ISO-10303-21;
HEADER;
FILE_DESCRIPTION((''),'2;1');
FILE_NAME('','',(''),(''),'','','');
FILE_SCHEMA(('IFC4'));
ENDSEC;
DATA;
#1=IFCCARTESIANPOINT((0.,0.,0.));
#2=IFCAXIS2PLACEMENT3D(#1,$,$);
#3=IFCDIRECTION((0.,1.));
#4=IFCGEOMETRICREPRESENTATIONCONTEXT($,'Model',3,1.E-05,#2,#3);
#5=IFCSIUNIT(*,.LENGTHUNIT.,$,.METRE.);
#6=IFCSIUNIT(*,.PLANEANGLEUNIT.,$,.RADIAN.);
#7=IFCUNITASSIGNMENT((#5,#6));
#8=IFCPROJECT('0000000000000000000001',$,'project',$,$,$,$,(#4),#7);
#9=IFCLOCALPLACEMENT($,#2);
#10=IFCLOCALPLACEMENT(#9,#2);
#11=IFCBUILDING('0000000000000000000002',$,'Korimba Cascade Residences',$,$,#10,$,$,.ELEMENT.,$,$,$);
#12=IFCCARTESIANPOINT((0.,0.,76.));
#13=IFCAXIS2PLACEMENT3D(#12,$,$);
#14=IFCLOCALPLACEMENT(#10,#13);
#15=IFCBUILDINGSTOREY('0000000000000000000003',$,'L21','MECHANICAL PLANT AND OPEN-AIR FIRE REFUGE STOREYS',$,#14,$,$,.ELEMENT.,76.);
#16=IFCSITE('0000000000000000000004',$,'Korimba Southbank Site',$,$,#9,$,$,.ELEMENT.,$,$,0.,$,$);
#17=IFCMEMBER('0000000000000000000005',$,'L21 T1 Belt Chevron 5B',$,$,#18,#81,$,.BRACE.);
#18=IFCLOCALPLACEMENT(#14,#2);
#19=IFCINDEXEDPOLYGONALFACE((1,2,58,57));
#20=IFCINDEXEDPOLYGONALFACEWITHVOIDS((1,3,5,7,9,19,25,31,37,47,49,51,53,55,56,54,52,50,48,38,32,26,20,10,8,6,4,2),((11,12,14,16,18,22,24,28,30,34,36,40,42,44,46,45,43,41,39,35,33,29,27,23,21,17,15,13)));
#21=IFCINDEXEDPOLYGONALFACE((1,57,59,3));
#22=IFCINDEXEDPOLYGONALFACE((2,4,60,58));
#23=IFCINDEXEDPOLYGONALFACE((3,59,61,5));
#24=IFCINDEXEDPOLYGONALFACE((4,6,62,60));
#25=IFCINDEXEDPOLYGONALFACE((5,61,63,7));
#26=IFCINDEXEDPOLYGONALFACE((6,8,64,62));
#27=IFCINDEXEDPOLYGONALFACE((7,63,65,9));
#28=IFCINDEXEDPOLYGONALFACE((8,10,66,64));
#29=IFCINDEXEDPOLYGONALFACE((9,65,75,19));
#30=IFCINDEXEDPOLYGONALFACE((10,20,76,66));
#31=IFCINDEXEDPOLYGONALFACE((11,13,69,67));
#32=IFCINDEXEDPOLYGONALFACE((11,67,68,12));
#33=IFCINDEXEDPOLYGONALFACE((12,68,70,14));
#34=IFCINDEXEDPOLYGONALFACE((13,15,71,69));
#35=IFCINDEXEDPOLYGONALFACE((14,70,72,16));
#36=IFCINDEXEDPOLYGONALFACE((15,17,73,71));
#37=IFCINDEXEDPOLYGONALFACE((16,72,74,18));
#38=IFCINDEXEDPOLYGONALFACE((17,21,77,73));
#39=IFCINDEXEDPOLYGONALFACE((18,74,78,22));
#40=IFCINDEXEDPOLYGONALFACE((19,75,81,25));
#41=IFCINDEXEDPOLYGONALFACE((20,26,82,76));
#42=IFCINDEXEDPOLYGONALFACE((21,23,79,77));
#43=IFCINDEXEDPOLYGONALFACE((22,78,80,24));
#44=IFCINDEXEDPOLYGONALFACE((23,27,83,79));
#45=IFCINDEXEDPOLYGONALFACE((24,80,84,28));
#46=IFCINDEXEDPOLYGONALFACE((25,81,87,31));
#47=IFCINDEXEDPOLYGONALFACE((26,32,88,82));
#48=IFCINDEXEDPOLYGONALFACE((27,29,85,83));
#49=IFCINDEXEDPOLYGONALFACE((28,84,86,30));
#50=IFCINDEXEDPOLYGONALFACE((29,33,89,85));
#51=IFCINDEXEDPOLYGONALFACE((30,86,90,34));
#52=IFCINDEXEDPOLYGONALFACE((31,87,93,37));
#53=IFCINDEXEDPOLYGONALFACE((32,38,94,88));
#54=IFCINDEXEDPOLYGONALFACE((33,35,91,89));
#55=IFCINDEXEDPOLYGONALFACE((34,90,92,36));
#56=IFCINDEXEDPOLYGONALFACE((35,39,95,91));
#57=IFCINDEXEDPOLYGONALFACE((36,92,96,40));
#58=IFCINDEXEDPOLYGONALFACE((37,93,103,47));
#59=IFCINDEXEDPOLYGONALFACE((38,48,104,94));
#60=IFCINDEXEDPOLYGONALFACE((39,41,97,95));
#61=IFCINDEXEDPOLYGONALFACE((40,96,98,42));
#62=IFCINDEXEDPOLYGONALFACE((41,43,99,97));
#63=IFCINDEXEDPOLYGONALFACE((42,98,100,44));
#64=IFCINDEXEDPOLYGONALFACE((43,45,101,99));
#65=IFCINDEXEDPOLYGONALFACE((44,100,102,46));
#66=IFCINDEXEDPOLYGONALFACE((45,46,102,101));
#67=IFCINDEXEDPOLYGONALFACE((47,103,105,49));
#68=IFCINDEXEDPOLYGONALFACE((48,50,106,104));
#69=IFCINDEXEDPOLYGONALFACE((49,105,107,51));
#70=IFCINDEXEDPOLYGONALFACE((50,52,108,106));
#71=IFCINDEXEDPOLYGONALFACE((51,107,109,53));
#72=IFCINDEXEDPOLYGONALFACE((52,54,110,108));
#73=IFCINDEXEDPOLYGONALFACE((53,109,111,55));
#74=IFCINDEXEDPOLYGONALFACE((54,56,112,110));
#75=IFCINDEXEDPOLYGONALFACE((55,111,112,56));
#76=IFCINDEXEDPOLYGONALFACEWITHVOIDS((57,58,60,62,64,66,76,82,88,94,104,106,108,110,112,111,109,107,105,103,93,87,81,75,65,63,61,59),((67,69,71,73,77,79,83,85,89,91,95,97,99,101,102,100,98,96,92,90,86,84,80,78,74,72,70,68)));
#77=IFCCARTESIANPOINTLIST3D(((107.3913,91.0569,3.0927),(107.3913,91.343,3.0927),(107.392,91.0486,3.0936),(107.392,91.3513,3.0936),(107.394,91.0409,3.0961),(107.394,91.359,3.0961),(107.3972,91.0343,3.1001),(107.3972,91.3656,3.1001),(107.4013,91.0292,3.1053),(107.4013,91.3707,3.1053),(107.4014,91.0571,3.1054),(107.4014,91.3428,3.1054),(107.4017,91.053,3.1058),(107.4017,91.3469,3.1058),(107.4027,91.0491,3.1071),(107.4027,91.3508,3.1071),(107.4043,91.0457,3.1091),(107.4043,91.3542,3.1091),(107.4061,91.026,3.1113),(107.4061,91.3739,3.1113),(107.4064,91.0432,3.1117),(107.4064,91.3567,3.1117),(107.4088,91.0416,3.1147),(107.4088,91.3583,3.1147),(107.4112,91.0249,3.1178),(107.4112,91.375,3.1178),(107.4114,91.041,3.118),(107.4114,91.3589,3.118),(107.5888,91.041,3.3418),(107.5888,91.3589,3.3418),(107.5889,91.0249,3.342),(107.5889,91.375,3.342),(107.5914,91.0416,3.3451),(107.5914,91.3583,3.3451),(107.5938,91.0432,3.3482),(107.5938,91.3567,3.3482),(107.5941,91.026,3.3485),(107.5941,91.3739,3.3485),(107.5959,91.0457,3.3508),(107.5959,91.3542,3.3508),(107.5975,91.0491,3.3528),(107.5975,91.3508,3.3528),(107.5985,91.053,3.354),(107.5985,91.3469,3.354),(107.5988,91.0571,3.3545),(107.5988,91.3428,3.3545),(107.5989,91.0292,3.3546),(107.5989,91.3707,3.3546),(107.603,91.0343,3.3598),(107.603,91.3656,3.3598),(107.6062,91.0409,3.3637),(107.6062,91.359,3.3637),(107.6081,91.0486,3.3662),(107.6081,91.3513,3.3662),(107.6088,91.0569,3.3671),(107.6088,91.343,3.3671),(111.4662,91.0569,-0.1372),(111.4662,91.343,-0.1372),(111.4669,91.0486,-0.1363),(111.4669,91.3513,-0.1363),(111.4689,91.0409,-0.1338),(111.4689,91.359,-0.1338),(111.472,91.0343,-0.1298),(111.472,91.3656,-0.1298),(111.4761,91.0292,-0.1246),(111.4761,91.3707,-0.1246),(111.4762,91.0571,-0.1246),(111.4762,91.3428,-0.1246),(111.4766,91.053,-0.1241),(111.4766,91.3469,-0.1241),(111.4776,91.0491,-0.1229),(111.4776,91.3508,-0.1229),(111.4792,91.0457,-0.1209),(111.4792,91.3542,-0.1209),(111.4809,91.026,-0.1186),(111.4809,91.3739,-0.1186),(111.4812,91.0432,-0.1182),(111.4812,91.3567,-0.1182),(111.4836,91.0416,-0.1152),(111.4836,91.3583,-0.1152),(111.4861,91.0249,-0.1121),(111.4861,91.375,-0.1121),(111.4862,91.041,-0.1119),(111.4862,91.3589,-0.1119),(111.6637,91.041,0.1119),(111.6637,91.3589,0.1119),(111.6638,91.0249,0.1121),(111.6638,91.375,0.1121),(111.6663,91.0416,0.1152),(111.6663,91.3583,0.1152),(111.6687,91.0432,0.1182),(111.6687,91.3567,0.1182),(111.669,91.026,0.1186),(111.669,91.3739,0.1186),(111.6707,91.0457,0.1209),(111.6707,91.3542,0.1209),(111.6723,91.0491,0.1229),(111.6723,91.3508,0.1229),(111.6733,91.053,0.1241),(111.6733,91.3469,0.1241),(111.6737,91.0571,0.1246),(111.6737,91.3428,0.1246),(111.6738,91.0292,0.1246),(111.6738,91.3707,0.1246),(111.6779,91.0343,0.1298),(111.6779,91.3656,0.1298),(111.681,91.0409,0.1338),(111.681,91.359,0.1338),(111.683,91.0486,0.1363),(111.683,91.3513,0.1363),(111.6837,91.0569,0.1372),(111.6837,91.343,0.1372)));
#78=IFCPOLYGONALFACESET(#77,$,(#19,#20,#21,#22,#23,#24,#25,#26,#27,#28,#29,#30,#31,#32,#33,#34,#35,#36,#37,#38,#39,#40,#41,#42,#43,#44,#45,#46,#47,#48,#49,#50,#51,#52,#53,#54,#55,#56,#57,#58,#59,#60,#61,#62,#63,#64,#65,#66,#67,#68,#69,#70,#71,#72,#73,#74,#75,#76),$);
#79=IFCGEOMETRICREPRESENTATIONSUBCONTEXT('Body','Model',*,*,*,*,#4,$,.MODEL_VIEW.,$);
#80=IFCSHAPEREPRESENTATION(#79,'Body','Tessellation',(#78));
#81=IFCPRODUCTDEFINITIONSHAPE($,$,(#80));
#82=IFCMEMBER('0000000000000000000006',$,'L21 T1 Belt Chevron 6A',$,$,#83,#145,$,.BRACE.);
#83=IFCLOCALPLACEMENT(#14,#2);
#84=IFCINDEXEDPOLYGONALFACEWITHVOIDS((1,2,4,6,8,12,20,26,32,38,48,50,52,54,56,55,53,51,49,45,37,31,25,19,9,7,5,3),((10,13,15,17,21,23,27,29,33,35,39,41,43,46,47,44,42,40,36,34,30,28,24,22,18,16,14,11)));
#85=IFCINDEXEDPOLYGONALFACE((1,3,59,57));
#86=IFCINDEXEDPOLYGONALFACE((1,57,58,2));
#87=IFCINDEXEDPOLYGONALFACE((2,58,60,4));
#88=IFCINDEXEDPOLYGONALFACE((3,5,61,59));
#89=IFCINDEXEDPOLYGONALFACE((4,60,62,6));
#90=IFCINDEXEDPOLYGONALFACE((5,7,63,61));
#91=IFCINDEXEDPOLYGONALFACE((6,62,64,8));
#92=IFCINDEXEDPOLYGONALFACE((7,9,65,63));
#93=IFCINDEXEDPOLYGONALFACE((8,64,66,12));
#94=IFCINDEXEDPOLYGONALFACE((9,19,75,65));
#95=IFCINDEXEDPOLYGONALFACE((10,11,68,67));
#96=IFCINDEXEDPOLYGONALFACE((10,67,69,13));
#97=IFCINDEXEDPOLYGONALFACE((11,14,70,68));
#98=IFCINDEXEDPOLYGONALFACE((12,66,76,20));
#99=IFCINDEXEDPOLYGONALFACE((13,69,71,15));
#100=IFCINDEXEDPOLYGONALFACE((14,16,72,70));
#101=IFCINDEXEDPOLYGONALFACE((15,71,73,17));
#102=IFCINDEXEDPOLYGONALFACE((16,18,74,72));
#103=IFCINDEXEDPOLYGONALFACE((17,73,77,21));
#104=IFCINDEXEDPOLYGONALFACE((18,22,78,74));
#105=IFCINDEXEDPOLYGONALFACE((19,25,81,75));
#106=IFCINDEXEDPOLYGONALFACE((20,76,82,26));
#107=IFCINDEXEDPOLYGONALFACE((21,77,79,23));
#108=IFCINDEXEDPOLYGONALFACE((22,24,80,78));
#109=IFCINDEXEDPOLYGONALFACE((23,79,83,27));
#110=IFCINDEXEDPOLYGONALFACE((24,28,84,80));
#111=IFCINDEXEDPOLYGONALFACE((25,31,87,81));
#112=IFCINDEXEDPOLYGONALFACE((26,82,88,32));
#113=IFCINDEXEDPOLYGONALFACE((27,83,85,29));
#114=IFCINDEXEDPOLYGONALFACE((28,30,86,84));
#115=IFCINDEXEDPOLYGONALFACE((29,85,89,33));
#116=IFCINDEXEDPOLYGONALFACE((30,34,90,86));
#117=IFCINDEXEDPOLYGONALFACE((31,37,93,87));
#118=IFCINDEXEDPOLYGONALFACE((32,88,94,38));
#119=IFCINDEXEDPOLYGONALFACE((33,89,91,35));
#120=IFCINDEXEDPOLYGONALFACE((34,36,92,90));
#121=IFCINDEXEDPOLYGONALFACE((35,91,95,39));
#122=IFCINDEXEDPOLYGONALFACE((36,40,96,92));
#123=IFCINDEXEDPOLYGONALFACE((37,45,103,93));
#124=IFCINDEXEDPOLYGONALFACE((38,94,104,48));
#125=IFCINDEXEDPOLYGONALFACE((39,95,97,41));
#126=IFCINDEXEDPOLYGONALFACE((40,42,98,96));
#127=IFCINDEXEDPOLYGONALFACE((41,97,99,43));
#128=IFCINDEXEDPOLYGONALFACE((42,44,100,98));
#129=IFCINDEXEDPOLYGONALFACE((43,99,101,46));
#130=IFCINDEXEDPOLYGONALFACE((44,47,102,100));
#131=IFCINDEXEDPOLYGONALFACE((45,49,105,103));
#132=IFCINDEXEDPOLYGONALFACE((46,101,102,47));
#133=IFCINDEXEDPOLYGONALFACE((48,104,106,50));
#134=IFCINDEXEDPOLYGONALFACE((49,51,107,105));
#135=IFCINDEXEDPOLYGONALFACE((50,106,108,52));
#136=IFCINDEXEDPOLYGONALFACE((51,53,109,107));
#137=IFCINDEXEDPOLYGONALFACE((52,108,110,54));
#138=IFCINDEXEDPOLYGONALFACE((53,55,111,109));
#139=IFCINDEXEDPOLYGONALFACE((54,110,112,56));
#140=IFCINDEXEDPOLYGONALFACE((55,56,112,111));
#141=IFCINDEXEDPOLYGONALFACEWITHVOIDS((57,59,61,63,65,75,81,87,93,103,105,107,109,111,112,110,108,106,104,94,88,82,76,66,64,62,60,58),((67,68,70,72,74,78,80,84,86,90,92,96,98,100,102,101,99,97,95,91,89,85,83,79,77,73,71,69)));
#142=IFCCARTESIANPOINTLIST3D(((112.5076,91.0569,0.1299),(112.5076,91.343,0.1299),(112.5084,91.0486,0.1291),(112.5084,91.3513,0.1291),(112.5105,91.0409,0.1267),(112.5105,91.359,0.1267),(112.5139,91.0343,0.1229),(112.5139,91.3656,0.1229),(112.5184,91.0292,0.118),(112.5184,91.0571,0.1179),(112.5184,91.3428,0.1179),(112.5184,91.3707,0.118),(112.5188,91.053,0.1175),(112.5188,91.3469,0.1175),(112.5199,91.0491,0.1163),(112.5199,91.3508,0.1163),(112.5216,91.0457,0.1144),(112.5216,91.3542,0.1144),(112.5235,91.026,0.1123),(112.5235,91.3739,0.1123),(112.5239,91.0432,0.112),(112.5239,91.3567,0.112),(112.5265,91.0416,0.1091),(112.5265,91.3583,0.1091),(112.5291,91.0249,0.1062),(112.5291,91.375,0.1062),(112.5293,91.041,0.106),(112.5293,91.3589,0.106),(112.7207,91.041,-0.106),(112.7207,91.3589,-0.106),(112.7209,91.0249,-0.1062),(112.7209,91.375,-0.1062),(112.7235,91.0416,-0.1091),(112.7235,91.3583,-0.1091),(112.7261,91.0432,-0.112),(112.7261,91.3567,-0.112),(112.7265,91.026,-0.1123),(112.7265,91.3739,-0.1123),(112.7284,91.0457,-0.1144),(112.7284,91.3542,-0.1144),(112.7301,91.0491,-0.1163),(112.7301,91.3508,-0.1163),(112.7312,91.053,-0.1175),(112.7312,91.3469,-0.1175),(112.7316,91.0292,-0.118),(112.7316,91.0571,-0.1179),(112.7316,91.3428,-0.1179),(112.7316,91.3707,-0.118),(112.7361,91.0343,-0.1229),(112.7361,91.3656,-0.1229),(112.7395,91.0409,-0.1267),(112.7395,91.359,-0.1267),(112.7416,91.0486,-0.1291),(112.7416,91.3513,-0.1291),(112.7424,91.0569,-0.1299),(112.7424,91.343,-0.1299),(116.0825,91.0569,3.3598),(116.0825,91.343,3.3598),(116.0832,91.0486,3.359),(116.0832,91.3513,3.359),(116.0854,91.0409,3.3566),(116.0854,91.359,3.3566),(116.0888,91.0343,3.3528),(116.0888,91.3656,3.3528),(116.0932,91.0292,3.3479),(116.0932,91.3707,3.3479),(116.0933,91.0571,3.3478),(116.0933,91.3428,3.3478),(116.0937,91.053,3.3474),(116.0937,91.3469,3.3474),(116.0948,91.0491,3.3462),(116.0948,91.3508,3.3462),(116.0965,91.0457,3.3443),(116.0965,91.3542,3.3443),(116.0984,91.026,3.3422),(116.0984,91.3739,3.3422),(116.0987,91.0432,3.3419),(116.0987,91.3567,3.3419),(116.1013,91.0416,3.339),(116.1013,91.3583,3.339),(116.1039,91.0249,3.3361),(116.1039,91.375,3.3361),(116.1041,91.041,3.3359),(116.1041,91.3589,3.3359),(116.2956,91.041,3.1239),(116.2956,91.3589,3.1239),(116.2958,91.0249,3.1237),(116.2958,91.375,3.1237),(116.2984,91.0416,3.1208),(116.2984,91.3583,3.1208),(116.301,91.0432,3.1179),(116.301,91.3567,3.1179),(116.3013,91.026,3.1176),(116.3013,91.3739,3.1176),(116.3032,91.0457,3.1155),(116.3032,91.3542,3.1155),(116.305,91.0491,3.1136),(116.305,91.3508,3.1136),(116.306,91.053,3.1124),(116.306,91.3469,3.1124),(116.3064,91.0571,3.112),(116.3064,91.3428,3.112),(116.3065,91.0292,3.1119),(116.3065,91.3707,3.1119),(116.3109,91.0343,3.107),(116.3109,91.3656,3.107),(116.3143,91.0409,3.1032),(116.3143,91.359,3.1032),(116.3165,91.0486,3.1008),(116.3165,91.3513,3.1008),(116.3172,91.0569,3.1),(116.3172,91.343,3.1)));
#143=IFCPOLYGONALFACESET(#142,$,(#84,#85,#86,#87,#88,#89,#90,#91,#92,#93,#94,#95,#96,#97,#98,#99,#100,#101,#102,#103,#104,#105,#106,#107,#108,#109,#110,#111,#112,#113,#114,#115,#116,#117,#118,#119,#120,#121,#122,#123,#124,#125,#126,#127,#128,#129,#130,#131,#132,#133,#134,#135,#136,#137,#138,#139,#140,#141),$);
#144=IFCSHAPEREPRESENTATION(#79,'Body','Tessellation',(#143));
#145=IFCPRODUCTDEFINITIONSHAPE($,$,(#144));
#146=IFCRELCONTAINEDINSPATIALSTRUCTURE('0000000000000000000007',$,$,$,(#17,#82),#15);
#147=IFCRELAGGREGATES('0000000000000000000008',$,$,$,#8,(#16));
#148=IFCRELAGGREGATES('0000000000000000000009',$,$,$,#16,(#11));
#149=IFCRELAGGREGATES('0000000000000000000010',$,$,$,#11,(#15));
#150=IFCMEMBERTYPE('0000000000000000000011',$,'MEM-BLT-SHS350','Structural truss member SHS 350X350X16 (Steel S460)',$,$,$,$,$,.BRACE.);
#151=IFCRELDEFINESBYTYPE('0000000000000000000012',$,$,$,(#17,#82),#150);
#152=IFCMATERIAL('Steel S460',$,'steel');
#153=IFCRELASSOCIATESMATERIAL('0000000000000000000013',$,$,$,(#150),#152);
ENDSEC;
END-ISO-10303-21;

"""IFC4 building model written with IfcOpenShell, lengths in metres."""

from ifc_helpers import new_model, si_unit, direction, frame, origin, origin_2d, place, context, subcontext, project, spatial, hollow_rectangle, extrude, material, material_profile, profile_set, type_object, element, save


model = new_model("IFC4")

# Units and contexts
model_context = context("Model", 3, precision=1e-05, world=origin(), true_north=direction((0.0, 1.0)))
body_context = subcontext(model_context, "Body", "Model", "MODEL_VIEW")
ifc_project = project(units=[si_unit("LENGTHUNIT", "METRE"), si_unit("PLANEANGLEUNIT", "RADIAN")], contexts=[model_context])

# Site, building, storey
site_placement = place(None, origin())
site = spatial("IfcSite", under=ifc_project, at=site_placement, Name="Korimba Southbank Site", CompositionType="ELEMENT", RefElevation=0.0)
building_placement = place(site_placement, origin())
building = spatial("IfcBuilding", under=site, at=building_placement, Name="Korimba Cascade Residences", CompositionType="ELEMENT")
storey_placement = place(building_placement, frame((0.0, 0.0, 76.0)))
storey = spatial("IfcBuildingStorey", under=building, at=storey_placement, Name="L21", Description="MECHANICAL PLANT AND OPEN-AIR FIRE REFUGE STOREYS", CompositionType="ELEMENT", Elevation=76.0)

# Members
ifc_material_1 = material(Name="Steel S460", Category="steel")
ifc_material_profile_1 = material_profile(ifc_material_1, hollow_rectangle(XDim=0.3501, YDim=0.3501, WallThickness=0.0161, InnerFilletRadius=0.0161, OuterFilletRadius=0.032, at=origin_2d()), Name="Steel S460")
ifc_profile_set_1 = profile_set([ifc_material_profile_1], Name="Steel S460")
member_type_1 = type_object("IfcMemberType", Name="MEM-BLT-SHS350", Description="Structural truss member SHS 350X350X16 (Steel S460)", PredefinedType="BRACE", material=ifc_profile_set_1)
member_1_placement = place(storey_placement, frame((111.575, 91.2, 0.0), z_axis=(-0.783673, 0.0, 0.621173), x_axis=(0.0, -1.0, 0.0)))
element("IfcMember", 1, at=member_1_placement, inside=storey, type_object=member_type_1, Name="L21 T1 Belt Chevron 5B", PredefinedType="BRACE", context=body_context, shape_type="SweptSolid", body=[
    extrude(hollow_rectangle(XDim=0.3501, YDim=0.3501, WallThickness=0.0161, InnerFilletRadius=0.0161, OuterFilletRadius=0.032, at=origin_2d()), origin(), (0.0, 0.0, 1.0), 5.1997),
])
for number, where, z_axis, x_axis, name in (
    (2, (112.625, 91.2, 0.0), (0.742, 0.0, 0.6704), (0.0, 1.0, 0.0), "L21 T1 Belt Chevron 6A"),
):
    element("IfcMember", number, at=place(storey_placement, frame(where, z_axis=z_axis, x_axis=x_axis)), inside=storey, type_object=member_type_1, Name=name, PredefinedType="BRACE", context=body_context, shape_type="SweptSolid", body=[
        extrude(hollow_rectangle(XDim=0.3501, YDim=0.3501, WallThickness=0.0161, InnerFilletRadius=0.0161, OuterFilletRadius=0.032, at=origin_2d()), origin(), (0.0, 0.0, 1.0), 4.8179),
    ])

save(model, "model.ifc")
